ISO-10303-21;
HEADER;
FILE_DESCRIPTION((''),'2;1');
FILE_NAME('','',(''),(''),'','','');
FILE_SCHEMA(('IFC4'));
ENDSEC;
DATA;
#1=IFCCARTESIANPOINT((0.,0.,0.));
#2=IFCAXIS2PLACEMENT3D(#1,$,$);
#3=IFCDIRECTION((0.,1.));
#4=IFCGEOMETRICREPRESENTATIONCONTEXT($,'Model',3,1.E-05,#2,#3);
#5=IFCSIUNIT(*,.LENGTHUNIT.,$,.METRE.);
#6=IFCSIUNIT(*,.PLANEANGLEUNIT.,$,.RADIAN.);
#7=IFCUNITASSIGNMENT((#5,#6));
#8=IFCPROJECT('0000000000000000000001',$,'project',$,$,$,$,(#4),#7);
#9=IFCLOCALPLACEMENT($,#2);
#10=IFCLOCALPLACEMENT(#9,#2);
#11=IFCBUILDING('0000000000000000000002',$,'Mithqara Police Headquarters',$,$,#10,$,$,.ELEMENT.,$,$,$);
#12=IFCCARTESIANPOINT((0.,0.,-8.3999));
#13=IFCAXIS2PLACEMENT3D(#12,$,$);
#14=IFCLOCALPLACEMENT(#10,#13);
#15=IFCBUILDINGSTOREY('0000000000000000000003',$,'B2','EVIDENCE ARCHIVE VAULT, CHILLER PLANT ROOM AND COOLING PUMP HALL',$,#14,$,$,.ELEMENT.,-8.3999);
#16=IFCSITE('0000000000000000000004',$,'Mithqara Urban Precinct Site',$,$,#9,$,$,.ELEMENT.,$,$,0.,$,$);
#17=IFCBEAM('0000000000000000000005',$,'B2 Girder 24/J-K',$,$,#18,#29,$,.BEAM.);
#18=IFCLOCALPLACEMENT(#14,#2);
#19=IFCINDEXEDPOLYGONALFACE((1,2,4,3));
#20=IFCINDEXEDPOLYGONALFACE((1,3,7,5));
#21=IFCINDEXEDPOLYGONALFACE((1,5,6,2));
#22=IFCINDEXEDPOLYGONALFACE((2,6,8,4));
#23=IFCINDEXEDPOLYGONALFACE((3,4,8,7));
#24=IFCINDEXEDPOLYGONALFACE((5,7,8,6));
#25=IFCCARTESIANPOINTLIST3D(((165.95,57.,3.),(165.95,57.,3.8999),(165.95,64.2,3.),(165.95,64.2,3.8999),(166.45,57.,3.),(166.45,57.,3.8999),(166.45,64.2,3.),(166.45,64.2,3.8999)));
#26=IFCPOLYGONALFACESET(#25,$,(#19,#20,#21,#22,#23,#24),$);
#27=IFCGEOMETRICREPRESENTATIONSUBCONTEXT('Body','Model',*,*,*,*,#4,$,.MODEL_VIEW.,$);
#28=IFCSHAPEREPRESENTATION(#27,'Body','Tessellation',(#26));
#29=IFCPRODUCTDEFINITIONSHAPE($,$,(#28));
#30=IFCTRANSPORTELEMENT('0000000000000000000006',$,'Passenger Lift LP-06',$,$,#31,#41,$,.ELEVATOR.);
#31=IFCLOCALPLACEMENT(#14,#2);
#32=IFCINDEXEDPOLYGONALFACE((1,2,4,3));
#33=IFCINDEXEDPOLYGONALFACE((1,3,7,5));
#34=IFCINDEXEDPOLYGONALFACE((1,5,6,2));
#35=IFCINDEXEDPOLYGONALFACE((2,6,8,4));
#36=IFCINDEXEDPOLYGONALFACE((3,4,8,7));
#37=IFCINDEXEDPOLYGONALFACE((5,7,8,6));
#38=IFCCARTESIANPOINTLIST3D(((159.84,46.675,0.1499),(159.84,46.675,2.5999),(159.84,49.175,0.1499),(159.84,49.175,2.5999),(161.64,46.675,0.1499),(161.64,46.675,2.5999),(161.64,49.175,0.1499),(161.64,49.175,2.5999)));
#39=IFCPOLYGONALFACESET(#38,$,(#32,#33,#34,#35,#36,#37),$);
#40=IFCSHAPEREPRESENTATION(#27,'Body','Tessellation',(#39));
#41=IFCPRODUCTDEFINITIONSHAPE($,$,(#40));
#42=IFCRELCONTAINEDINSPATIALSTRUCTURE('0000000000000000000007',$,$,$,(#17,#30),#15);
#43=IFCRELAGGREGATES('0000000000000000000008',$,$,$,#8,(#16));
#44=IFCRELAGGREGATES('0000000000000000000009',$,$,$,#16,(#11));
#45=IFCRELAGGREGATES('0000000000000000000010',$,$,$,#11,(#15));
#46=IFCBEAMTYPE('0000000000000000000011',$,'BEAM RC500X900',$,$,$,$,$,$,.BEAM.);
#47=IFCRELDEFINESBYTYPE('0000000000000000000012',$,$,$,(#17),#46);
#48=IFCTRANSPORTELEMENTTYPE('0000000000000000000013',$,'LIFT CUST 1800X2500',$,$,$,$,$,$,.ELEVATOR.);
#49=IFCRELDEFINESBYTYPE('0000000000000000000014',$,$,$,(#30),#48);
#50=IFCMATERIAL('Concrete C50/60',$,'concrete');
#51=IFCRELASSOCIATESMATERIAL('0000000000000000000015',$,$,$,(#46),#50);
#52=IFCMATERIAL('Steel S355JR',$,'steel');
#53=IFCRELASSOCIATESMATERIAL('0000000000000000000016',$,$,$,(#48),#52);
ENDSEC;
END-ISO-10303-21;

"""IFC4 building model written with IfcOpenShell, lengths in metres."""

from ifc_helpers import new_model, si_unit, direction, frame, origin, origin_2d, place, context, subcontext, project, spatial, rectangle, extrude, material, material_profile, profile_set, type_object, element, save


model = new_model("IFC4")

# Units and contexts
model_context = context("Model", 3, precision=1e-05, world=origin(), true_north=direction((0.0, 1.0)))
body_context = subcontext(model_context, "Body", "Model", "MODEL_VIEW")
ifc_project = project(units=[si_unit("LENGTHUNIT", "METRE"), si_unit("PLANEANGLEUNIT", "RADIAN")], contexts=[model_context])

# Site, building, storey
site_placement = place(None, origin())
site = spatial("IfcSite", under=ifc_project, at=site_placement, Name="Mithqara Urban Precinct Site", CompositionType="ELEMENT", RefElevation=0.0)
building_placement = place(site_placement, origin())
building = spatial("IfcBuilding", under=site, at=building_placement, Name="Mithqara Police Headquarters", CompositionType="ELEMENT")
storey_placement = place(building_placement, frame((0.0, 0.0, -8.3999)))
storey = spatial("IfcBuildingStorey", under=building, at=storey_placement, Name="B2", Description="EVIDENCE ARCHIVE VAULT, CHILLER PLANT ROOM AND COOLING PUMP HALL", CompositionType="ELEMENT", Elevation=-8.3999)

# Shared definitions
ifc_material_1 = material(Name="Concrete C50/60", Category="concrete")

# Beam
ifc_material_2 = material(Name="Steel S355JR", Category="steel")
ifc_material_profile_1 = material_profile(ifc_material_1, rectangle(XDim=0.5, YDim=0.8999, at=origin_2d()), Name="RC 500x900")
ifc_profile_set_1 = profile_set([ifc_material_profile_1], Name="Concrete C50/60")
beam_type_1 = type_object("IfcBeamType", Name="BEAM RC500X900", PredefinedType="BEAM", material=ifc_profile_set_1)
beam_1_placement = place(storey_placement, frame((166.2, 57.0, 3.45), z_axis=(0.0, 1.0, 0.0), x_axis=(-1.0, 0.0, 0.0)))
element("IfcBeam", 1, at=beam_1_placement, inside=storey, type_object=beam_type_1, Name="B2 Girder 24/J-K", PredefinedType="BEAM", context=body_context, shape_type="SweptSolid", body=[
    extrude(rectangle(XDim=0.5, YDim=0.8999, at=origin_2d()), origin(), (0.0, 0.0, 1.0), 7.2),
])

# Transport element
transport_element_type = type_object("IfcTransportElementType", Name="LIFT CUST 1800X2500", PredefinedType="ELEVATOR", material=ifc_material_2)
transport_element_placement = place(storey_placement, frame((160.74, 47.925, 0.1499), z_axis=(0.0, 0.0, 1.0), x_axis=(1.0, 0.0, 0.0)))
element("IfcTransportElement", 2, at=transport_element_placement, inside=storey, type_object=transport_element_type, Name="Passenger Lift LP-06", PredefinedType="ELEVATOR", context=body_context, shape_type="SweptSolid", body=[
    extrude(rectangle(XDim=1.8, YDim=2.5, at=origin_2d()), origin(), (0.0, 0.0, 1.0), 2.45),
])

save(model, "model.ifc")
